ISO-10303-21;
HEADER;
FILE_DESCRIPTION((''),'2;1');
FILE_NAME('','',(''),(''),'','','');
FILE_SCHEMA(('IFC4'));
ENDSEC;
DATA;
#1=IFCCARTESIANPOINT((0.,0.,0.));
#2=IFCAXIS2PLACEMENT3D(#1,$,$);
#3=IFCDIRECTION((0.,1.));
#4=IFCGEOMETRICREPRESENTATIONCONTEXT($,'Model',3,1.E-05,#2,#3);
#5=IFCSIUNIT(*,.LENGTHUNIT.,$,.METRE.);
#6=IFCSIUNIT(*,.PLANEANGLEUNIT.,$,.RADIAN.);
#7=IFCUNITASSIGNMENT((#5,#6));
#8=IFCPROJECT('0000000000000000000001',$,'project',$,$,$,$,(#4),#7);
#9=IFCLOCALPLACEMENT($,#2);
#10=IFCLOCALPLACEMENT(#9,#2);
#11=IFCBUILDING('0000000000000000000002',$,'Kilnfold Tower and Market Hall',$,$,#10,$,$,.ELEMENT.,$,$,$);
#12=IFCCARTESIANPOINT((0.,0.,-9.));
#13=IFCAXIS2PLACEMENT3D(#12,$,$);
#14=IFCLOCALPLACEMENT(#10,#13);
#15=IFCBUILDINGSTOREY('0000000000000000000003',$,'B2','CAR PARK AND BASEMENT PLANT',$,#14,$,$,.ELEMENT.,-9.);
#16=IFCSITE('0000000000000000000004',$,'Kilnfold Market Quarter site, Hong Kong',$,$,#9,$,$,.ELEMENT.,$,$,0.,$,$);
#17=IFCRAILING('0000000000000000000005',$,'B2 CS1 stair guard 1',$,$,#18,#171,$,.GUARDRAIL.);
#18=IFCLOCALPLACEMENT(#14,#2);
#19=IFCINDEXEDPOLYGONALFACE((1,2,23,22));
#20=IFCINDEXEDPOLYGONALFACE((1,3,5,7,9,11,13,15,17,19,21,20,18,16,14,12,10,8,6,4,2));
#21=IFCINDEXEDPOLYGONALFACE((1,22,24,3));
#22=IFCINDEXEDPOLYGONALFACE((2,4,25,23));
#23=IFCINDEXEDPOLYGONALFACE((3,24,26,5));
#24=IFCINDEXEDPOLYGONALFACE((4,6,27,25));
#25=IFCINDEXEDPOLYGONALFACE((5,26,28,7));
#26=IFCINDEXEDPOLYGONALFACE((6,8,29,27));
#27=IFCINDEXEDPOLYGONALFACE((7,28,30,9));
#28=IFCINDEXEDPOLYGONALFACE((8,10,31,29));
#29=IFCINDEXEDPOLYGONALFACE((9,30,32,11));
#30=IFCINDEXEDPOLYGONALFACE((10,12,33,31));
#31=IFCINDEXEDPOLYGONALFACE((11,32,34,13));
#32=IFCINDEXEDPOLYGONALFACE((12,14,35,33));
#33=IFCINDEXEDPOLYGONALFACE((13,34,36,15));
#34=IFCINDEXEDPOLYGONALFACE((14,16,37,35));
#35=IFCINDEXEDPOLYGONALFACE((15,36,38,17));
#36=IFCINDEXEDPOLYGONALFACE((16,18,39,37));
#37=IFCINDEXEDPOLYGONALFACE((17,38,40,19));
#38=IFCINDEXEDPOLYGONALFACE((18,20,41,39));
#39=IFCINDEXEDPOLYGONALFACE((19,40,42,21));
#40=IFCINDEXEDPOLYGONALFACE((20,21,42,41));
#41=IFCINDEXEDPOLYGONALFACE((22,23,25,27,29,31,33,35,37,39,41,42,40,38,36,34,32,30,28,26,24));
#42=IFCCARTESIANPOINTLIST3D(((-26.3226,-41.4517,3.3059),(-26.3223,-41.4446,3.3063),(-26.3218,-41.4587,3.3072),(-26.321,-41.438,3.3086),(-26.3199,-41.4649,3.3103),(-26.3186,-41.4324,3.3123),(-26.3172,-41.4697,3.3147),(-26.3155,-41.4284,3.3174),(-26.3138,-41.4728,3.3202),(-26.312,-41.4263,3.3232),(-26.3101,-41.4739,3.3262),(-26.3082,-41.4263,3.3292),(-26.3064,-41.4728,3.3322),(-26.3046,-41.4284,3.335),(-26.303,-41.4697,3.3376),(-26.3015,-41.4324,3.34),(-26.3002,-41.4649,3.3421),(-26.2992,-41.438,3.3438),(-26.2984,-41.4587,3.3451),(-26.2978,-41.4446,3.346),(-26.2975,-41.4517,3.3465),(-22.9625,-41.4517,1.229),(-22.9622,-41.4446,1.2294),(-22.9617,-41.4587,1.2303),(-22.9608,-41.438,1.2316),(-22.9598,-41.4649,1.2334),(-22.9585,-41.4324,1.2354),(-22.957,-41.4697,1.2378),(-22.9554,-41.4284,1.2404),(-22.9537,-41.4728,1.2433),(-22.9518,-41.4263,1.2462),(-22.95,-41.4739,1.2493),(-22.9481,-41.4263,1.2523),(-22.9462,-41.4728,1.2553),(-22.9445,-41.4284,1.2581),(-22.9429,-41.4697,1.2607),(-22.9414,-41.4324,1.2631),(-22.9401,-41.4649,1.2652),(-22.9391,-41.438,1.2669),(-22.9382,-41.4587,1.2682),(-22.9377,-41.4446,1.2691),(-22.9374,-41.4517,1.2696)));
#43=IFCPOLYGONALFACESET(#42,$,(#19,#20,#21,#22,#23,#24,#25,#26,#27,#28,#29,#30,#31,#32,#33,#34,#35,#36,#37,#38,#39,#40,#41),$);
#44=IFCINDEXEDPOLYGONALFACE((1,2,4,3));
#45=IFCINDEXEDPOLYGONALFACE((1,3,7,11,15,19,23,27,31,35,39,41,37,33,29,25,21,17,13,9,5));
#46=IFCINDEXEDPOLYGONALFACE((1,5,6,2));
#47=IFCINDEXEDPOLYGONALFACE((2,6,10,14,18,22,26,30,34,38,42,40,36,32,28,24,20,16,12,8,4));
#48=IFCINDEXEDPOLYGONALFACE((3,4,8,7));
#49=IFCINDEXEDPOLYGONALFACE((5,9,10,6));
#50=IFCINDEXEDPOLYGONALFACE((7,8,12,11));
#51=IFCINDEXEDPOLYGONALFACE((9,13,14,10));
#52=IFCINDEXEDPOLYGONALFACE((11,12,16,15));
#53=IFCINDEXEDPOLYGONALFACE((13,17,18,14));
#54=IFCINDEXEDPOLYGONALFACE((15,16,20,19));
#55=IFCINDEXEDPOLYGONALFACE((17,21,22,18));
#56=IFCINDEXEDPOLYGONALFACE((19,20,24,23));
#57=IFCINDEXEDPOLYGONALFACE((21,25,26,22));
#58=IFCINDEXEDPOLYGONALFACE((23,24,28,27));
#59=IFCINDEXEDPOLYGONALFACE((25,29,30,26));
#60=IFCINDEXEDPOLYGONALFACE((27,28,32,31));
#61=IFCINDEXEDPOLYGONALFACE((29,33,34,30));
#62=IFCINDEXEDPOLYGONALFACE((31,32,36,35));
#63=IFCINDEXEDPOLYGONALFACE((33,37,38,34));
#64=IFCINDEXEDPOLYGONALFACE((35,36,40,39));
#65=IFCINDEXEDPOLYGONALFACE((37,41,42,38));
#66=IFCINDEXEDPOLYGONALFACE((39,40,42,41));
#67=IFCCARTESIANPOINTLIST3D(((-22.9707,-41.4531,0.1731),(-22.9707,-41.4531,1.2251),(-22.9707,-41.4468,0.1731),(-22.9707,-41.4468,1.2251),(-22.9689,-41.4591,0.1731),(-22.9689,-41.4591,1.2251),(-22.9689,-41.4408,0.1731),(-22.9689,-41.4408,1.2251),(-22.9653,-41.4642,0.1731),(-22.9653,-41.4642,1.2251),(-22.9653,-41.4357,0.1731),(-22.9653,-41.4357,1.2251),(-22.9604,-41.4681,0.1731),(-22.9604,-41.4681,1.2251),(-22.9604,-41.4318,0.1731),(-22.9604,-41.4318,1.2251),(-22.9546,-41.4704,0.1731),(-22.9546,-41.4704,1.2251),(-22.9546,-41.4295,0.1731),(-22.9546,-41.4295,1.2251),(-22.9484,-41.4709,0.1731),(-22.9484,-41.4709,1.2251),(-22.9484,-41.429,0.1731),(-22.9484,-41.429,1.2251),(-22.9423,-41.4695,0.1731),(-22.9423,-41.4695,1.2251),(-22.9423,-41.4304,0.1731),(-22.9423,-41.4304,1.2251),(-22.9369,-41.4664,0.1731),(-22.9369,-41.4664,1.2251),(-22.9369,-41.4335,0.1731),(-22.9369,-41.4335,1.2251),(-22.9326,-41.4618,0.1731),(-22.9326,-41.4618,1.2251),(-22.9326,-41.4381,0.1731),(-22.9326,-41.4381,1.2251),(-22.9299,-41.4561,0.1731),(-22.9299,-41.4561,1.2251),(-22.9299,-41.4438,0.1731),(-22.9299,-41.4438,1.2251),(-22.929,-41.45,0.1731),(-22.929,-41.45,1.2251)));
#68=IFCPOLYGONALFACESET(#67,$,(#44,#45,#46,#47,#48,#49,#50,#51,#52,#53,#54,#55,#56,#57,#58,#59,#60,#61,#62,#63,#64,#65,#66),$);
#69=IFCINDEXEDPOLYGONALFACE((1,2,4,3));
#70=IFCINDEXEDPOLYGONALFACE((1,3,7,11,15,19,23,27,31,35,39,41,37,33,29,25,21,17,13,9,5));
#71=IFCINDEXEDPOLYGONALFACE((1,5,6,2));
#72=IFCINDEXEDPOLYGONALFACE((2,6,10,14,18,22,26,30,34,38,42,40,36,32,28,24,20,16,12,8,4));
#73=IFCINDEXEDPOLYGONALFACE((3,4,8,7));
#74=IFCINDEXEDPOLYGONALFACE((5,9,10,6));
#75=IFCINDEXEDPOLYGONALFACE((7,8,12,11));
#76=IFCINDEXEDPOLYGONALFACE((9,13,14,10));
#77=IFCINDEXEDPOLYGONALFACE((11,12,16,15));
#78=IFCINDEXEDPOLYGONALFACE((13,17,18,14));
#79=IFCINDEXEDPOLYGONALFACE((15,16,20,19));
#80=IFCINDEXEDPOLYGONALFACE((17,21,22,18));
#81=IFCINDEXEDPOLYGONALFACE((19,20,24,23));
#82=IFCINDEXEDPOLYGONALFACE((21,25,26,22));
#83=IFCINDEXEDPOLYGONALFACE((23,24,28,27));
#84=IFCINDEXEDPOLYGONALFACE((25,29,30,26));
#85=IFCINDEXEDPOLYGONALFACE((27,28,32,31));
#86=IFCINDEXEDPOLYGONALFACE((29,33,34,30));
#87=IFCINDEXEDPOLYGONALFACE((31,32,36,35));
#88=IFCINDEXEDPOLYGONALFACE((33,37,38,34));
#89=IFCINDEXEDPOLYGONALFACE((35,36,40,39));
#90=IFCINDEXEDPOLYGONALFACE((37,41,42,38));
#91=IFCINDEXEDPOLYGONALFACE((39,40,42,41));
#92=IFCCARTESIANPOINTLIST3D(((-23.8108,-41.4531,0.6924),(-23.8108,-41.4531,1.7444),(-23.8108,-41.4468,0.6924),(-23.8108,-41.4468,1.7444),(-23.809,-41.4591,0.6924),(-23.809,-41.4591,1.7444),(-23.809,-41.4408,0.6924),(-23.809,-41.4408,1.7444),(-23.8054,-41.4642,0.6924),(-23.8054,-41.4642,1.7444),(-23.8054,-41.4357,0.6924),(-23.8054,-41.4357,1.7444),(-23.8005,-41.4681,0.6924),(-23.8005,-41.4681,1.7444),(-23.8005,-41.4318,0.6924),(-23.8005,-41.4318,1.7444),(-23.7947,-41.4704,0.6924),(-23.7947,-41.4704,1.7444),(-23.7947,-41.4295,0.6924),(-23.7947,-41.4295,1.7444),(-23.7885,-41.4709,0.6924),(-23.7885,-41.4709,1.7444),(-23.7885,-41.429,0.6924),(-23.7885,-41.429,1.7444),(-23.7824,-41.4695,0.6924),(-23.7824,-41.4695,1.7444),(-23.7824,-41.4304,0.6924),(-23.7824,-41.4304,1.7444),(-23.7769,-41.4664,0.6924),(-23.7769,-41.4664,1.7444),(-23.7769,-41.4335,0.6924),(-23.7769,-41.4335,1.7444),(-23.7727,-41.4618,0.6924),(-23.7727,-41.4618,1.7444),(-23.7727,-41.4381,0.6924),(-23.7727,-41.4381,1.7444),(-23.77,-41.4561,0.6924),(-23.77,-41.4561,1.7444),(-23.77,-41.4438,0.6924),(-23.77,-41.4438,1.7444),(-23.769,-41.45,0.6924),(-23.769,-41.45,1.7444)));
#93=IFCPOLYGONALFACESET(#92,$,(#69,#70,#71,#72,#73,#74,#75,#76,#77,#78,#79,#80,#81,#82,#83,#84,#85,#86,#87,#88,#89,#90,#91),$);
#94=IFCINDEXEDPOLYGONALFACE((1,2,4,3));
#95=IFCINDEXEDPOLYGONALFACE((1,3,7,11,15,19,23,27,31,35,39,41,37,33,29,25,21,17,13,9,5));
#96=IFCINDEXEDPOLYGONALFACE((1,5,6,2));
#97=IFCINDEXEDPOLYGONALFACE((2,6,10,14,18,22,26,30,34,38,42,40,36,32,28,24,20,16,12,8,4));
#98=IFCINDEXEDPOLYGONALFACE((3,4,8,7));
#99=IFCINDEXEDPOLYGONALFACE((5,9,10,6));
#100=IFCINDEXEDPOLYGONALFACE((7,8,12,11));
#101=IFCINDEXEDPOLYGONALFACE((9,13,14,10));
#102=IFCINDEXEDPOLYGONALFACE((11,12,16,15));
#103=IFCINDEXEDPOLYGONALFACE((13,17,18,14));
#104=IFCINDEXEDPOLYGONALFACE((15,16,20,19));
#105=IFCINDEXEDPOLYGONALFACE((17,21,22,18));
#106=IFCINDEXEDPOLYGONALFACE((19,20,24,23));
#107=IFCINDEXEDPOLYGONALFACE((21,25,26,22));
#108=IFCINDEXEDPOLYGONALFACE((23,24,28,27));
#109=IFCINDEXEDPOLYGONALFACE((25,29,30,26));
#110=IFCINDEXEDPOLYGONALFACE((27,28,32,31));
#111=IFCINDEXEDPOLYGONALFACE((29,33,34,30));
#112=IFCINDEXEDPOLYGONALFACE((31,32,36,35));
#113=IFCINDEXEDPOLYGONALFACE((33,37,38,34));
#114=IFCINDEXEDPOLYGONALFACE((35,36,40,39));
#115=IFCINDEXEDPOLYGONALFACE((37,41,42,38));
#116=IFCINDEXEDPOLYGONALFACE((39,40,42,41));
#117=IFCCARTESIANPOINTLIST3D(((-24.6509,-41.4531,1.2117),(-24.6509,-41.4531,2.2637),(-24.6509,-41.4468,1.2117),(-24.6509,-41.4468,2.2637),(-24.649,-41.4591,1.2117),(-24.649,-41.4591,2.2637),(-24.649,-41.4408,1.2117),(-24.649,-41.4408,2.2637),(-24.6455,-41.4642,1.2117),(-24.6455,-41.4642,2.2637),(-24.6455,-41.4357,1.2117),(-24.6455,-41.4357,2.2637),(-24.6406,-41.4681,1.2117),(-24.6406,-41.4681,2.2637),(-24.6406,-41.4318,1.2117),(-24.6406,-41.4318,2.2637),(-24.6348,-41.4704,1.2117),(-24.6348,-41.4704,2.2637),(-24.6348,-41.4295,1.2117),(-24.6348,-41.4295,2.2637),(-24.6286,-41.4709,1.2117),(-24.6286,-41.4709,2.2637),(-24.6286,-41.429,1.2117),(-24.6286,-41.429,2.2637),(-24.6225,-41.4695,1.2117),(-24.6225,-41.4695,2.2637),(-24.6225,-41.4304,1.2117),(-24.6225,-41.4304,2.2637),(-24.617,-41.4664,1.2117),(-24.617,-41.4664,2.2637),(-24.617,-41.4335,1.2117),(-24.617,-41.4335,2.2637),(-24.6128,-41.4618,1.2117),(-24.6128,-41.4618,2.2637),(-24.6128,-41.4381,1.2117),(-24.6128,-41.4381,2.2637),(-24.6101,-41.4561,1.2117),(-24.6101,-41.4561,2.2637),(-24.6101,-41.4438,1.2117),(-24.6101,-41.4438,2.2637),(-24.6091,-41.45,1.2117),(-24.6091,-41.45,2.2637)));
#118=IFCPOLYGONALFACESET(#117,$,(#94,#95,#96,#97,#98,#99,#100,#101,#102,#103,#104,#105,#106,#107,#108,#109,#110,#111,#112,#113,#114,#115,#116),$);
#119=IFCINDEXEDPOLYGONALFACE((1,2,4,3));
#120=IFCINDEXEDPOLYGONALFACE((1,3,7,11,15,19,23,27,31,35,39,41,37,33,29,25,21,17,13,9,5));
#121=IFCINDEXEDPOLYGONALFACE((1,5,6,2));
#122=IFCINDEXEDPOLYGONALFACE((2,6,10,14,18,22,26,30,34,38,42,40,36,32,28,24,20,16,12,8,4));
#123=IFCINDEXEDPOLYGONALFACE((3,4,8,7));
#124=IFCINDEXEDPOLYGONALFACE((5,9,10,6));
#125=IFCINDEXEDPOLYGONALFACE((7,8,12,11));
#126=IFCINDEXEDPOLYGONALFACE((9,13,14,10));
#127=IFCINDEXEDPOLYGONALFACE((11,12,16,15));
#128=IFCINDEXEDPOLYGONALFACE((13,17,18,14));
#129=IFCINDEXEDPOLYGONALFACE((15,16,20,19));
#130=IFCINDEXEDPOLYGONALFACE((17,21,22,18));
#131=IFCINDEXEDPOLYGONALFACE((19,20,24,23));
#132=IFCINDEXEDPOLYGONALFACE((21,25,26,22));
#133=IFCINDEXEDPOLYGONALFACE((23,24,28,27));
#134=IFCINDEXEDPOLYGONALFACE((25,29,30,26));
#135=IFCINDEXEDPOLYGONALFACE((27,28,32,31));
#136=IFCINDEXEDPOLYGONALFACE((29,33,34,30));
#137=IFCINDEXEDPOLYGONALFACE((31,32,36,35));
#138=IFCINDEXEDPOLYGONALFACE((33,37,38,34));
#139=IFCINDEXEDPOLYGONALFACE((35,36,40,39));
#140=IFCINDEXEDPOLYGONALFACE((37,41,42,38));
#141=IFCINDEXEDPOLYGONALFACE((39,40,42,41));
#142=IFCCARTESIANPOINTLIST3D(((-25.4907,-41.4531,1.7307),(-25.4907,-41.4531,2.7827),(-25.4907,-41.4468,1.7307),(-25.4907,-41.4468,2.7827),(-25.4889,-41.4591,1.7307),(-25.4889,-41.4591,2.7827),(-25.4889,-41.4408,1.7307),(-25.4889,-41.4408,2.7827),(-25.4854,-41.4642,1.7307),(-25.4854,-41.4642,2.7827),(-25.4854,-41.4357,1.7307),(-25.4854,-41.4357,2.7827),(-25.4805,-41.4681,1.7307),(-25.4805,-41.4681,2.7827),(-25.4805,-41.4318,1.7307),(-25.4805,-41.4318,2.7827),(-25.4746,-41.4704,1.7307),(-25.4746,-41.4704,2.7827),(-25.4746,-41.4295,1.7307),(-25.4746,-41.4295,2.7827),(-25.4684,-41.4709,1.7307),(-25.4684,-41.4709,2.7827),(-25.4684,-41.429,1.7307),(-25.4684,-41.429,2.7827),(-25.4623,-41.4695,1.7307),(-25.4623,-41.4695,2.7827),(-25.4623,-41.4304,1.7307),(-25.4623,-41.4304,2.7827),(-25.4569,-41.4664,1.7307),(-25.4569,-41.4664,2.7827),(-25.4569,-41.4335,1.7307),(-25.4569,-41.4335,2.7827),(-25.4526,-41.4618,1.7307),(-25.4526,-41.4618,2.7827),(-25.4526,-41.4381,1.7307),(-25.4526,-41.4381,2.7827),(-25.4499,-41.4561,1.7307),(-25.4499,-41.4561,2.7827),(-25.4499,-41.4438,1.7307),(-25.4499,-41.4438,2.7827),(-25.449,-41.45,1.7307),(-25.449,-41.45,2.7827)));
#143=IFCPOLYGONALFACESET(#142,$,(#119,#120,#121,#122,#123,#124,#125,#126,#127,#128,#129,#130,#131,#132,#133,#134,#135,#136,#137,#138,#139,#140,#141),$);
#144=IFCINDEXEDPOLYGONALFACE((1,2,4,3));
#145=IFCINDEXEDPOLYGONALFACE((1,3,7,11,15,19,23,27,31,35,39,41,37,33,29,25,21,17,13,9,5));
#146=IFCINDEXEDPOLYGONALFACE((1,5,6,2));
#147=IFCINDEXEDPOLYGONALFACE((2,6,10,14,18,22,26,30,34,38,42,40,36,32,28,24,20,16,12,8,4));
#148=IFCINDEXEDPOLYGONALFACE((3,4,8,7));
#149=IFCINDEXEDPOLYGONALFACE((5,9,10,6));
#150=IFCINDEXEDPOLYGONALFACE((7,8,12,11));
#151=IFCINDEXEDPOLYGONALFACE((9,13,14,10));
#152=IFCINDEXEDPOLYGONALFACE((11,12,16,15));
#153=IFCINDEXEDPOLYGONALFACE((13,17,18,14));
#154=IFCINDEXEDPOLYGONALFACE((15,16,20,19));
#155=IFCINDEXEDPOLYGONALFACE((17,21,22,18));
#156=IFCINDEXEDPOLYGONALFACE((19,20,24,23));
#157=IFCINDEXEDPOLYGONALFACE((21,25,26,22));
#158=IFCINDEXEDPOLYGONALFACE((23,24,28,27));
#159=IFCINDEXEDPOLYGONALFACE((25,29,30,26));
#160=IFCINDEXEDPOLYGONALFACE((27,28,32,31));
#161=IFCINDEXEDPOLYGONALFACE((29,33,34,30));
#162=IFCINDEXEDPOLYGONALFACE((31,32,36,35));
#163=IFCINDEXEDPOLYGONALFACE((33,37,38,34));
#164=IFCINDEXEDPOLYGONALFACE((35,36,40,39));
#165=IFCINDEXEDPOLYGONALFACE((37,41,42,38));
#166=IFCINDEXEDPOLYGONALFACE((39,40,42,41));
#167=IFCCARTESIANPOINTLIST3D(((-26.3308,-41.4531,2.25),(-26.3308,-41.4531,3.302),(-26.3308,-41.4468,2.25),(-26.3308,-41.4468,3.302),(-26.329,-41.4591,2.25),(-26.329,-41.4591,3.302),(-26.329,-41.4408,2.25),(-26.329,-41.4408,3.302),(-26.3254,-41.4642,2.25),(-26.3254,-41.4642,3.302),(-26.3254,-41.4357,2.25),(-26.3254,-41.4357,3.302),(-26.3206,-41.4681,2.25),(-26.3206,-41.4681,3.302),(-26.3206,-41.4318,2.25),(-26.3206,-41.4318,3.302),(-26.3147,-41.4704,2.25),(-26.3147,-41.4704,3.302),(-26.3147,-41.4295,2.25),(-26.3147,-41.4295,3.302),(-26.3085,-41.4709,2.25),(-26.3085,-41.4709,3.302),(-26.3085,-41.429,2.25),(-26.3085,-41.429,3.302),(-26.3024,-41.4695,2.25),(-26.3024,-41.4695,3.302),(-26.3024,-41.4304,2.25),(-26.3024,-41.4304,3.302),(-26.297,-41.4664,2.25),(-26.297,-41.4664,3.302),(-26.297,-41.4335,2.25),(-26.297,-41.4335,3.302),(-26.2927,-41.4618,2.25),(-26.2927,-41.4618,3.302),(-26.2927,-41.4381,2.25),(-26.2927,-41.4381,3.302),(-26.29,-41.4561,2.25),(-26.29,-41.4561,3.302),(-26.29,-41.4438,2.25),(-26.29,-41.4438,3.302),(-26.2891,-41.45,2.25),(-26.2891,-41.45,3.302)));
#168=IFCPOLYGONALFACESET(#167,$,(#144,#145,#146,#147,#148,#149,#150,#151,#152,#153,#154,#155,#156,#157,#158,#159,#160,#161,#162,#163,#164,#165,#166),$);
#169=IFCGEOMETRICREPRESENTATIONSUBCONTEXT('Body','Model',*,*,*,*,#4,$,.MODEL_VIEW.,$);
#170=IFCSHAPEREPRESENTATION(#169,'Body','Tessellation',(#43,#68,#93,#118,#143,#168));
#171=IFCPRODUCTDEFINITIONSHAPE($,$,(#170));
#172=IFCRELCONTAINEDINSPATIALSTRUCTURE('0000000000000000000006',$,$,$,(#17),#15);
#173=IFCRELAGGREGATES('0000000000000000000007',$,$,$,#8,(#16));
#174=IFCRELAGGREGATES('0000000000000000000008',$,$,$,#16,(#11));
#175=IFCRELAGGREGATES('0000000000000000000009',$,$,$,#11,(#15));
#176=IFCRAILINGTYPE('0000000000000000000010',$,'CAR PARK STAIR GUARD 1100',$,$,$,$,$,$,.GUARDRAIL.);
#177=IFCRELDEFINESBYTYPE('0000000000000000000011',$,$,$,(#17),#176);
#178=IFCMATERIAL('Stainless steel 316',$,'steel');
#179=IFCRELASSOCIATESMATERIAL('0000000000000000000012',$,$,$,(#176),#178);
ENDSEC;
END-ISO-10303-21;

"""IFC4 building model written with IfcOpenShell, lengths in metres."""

from ifc_helpers import new_model, si_unit, direction, frame, origin, origin_2d, place, context, subcontext, project, spatial, circle, extrude, material, type_object, element, save


model = new_model("IFC4")

# Units and contexts
model_context = context("Model", 3, precision=1e-05, world=origin(), true_north=direction((0.0, 1.0)))
body_context = subcontext(model_context, "Body", "Model", "MODEL_VIEW")
ifc_project = project(units=[si_unit("LENGTHUNIT", "METRE"), si_unit("PLANEANGLEUNIT", "RADIAN")], contexts=[model_context])

# Site, building, storey
site_placement = place(None, origin())
site = spatial("IfcSite", under=ifc_project, at=site_placement, Name="Kilnfold Market Quarter site, Hong Kong", CompositionType="ELEMENT", RefElevation=0.0)
building_placement = place(site_placement, origin())
building = spatial("IfcBuilding", under=site, at=building_placement, Name="Kilnfold Tower and Market Hall", CompositionType="ELEMENT")
storey_placement = place(building_placement, frame((0.0, 0.0, -9.0)))
storey = spatial("IfcBuildingStorey", under=building, at=storey_placement, Name="B2", Description="CAR PARK AND BASEMENT PLANT", CompositionType="ELEMENT", Elevation=-9.0)

# Railing
ifc_material_1 = material(Name="Stainless steel 316", Category="steel")
railing_type_1 = type_object("IfcRailingType", Name="CAR PARK STAIR GUARD 1100", PredefinedType="GUARDRAIL", material=ifc_material_1)
railing_1_placement = place(storey_placement, frame((-22.95, -41.45, 0.1731)))
element("IfcRailing", 1, at=railing_1_placement, inside=storey, type_object=railing_type_1, Name="B2 CS1 stair guard 1", PredefinedType="GUARDRAIL", context=body_context, shape_type="SweptSolid", body=[
    extrude(circle(Radius=0.0239, at=origin_2d()), frame((0.0, 0.0, 1.0762), z_axis=(-0.850623, 0.0, 0.525776), x_axis=(0.0, -1.0, 0.0)), (0.0, 0.0, 1.0), 3.9502),
    extrude(circle(Radius=0.021, at=origin_2d()), origin(), (0.0, 0.0, 1.0), 1.052),
    extrude(circle(Radius=0.021, at=origin_2d()), frame((-0.8401, 0.0, 0.5193)), (0.0, 0.0, 1.0), 1.052),
    extrude(circle(Radius=0.021, at=origin_2d()), frame((-1.6802, 0.0, 1.0386)), (0.0, 0.0, 1.0), 1.052),
    extrude(circle(Radius=0.021, at=origin_2d()), frame((-2.52, 0.0, 1.5576)), (0.0, 0.0, 1.0), 1.052),
    extrude(circle(Radius=0.021, at=origin_2d()), frame((-3.3601, 0.0, 2.0769)), (0.0, 0.0, 1.0), 1.052),
])

save(model, "model.ifc")
